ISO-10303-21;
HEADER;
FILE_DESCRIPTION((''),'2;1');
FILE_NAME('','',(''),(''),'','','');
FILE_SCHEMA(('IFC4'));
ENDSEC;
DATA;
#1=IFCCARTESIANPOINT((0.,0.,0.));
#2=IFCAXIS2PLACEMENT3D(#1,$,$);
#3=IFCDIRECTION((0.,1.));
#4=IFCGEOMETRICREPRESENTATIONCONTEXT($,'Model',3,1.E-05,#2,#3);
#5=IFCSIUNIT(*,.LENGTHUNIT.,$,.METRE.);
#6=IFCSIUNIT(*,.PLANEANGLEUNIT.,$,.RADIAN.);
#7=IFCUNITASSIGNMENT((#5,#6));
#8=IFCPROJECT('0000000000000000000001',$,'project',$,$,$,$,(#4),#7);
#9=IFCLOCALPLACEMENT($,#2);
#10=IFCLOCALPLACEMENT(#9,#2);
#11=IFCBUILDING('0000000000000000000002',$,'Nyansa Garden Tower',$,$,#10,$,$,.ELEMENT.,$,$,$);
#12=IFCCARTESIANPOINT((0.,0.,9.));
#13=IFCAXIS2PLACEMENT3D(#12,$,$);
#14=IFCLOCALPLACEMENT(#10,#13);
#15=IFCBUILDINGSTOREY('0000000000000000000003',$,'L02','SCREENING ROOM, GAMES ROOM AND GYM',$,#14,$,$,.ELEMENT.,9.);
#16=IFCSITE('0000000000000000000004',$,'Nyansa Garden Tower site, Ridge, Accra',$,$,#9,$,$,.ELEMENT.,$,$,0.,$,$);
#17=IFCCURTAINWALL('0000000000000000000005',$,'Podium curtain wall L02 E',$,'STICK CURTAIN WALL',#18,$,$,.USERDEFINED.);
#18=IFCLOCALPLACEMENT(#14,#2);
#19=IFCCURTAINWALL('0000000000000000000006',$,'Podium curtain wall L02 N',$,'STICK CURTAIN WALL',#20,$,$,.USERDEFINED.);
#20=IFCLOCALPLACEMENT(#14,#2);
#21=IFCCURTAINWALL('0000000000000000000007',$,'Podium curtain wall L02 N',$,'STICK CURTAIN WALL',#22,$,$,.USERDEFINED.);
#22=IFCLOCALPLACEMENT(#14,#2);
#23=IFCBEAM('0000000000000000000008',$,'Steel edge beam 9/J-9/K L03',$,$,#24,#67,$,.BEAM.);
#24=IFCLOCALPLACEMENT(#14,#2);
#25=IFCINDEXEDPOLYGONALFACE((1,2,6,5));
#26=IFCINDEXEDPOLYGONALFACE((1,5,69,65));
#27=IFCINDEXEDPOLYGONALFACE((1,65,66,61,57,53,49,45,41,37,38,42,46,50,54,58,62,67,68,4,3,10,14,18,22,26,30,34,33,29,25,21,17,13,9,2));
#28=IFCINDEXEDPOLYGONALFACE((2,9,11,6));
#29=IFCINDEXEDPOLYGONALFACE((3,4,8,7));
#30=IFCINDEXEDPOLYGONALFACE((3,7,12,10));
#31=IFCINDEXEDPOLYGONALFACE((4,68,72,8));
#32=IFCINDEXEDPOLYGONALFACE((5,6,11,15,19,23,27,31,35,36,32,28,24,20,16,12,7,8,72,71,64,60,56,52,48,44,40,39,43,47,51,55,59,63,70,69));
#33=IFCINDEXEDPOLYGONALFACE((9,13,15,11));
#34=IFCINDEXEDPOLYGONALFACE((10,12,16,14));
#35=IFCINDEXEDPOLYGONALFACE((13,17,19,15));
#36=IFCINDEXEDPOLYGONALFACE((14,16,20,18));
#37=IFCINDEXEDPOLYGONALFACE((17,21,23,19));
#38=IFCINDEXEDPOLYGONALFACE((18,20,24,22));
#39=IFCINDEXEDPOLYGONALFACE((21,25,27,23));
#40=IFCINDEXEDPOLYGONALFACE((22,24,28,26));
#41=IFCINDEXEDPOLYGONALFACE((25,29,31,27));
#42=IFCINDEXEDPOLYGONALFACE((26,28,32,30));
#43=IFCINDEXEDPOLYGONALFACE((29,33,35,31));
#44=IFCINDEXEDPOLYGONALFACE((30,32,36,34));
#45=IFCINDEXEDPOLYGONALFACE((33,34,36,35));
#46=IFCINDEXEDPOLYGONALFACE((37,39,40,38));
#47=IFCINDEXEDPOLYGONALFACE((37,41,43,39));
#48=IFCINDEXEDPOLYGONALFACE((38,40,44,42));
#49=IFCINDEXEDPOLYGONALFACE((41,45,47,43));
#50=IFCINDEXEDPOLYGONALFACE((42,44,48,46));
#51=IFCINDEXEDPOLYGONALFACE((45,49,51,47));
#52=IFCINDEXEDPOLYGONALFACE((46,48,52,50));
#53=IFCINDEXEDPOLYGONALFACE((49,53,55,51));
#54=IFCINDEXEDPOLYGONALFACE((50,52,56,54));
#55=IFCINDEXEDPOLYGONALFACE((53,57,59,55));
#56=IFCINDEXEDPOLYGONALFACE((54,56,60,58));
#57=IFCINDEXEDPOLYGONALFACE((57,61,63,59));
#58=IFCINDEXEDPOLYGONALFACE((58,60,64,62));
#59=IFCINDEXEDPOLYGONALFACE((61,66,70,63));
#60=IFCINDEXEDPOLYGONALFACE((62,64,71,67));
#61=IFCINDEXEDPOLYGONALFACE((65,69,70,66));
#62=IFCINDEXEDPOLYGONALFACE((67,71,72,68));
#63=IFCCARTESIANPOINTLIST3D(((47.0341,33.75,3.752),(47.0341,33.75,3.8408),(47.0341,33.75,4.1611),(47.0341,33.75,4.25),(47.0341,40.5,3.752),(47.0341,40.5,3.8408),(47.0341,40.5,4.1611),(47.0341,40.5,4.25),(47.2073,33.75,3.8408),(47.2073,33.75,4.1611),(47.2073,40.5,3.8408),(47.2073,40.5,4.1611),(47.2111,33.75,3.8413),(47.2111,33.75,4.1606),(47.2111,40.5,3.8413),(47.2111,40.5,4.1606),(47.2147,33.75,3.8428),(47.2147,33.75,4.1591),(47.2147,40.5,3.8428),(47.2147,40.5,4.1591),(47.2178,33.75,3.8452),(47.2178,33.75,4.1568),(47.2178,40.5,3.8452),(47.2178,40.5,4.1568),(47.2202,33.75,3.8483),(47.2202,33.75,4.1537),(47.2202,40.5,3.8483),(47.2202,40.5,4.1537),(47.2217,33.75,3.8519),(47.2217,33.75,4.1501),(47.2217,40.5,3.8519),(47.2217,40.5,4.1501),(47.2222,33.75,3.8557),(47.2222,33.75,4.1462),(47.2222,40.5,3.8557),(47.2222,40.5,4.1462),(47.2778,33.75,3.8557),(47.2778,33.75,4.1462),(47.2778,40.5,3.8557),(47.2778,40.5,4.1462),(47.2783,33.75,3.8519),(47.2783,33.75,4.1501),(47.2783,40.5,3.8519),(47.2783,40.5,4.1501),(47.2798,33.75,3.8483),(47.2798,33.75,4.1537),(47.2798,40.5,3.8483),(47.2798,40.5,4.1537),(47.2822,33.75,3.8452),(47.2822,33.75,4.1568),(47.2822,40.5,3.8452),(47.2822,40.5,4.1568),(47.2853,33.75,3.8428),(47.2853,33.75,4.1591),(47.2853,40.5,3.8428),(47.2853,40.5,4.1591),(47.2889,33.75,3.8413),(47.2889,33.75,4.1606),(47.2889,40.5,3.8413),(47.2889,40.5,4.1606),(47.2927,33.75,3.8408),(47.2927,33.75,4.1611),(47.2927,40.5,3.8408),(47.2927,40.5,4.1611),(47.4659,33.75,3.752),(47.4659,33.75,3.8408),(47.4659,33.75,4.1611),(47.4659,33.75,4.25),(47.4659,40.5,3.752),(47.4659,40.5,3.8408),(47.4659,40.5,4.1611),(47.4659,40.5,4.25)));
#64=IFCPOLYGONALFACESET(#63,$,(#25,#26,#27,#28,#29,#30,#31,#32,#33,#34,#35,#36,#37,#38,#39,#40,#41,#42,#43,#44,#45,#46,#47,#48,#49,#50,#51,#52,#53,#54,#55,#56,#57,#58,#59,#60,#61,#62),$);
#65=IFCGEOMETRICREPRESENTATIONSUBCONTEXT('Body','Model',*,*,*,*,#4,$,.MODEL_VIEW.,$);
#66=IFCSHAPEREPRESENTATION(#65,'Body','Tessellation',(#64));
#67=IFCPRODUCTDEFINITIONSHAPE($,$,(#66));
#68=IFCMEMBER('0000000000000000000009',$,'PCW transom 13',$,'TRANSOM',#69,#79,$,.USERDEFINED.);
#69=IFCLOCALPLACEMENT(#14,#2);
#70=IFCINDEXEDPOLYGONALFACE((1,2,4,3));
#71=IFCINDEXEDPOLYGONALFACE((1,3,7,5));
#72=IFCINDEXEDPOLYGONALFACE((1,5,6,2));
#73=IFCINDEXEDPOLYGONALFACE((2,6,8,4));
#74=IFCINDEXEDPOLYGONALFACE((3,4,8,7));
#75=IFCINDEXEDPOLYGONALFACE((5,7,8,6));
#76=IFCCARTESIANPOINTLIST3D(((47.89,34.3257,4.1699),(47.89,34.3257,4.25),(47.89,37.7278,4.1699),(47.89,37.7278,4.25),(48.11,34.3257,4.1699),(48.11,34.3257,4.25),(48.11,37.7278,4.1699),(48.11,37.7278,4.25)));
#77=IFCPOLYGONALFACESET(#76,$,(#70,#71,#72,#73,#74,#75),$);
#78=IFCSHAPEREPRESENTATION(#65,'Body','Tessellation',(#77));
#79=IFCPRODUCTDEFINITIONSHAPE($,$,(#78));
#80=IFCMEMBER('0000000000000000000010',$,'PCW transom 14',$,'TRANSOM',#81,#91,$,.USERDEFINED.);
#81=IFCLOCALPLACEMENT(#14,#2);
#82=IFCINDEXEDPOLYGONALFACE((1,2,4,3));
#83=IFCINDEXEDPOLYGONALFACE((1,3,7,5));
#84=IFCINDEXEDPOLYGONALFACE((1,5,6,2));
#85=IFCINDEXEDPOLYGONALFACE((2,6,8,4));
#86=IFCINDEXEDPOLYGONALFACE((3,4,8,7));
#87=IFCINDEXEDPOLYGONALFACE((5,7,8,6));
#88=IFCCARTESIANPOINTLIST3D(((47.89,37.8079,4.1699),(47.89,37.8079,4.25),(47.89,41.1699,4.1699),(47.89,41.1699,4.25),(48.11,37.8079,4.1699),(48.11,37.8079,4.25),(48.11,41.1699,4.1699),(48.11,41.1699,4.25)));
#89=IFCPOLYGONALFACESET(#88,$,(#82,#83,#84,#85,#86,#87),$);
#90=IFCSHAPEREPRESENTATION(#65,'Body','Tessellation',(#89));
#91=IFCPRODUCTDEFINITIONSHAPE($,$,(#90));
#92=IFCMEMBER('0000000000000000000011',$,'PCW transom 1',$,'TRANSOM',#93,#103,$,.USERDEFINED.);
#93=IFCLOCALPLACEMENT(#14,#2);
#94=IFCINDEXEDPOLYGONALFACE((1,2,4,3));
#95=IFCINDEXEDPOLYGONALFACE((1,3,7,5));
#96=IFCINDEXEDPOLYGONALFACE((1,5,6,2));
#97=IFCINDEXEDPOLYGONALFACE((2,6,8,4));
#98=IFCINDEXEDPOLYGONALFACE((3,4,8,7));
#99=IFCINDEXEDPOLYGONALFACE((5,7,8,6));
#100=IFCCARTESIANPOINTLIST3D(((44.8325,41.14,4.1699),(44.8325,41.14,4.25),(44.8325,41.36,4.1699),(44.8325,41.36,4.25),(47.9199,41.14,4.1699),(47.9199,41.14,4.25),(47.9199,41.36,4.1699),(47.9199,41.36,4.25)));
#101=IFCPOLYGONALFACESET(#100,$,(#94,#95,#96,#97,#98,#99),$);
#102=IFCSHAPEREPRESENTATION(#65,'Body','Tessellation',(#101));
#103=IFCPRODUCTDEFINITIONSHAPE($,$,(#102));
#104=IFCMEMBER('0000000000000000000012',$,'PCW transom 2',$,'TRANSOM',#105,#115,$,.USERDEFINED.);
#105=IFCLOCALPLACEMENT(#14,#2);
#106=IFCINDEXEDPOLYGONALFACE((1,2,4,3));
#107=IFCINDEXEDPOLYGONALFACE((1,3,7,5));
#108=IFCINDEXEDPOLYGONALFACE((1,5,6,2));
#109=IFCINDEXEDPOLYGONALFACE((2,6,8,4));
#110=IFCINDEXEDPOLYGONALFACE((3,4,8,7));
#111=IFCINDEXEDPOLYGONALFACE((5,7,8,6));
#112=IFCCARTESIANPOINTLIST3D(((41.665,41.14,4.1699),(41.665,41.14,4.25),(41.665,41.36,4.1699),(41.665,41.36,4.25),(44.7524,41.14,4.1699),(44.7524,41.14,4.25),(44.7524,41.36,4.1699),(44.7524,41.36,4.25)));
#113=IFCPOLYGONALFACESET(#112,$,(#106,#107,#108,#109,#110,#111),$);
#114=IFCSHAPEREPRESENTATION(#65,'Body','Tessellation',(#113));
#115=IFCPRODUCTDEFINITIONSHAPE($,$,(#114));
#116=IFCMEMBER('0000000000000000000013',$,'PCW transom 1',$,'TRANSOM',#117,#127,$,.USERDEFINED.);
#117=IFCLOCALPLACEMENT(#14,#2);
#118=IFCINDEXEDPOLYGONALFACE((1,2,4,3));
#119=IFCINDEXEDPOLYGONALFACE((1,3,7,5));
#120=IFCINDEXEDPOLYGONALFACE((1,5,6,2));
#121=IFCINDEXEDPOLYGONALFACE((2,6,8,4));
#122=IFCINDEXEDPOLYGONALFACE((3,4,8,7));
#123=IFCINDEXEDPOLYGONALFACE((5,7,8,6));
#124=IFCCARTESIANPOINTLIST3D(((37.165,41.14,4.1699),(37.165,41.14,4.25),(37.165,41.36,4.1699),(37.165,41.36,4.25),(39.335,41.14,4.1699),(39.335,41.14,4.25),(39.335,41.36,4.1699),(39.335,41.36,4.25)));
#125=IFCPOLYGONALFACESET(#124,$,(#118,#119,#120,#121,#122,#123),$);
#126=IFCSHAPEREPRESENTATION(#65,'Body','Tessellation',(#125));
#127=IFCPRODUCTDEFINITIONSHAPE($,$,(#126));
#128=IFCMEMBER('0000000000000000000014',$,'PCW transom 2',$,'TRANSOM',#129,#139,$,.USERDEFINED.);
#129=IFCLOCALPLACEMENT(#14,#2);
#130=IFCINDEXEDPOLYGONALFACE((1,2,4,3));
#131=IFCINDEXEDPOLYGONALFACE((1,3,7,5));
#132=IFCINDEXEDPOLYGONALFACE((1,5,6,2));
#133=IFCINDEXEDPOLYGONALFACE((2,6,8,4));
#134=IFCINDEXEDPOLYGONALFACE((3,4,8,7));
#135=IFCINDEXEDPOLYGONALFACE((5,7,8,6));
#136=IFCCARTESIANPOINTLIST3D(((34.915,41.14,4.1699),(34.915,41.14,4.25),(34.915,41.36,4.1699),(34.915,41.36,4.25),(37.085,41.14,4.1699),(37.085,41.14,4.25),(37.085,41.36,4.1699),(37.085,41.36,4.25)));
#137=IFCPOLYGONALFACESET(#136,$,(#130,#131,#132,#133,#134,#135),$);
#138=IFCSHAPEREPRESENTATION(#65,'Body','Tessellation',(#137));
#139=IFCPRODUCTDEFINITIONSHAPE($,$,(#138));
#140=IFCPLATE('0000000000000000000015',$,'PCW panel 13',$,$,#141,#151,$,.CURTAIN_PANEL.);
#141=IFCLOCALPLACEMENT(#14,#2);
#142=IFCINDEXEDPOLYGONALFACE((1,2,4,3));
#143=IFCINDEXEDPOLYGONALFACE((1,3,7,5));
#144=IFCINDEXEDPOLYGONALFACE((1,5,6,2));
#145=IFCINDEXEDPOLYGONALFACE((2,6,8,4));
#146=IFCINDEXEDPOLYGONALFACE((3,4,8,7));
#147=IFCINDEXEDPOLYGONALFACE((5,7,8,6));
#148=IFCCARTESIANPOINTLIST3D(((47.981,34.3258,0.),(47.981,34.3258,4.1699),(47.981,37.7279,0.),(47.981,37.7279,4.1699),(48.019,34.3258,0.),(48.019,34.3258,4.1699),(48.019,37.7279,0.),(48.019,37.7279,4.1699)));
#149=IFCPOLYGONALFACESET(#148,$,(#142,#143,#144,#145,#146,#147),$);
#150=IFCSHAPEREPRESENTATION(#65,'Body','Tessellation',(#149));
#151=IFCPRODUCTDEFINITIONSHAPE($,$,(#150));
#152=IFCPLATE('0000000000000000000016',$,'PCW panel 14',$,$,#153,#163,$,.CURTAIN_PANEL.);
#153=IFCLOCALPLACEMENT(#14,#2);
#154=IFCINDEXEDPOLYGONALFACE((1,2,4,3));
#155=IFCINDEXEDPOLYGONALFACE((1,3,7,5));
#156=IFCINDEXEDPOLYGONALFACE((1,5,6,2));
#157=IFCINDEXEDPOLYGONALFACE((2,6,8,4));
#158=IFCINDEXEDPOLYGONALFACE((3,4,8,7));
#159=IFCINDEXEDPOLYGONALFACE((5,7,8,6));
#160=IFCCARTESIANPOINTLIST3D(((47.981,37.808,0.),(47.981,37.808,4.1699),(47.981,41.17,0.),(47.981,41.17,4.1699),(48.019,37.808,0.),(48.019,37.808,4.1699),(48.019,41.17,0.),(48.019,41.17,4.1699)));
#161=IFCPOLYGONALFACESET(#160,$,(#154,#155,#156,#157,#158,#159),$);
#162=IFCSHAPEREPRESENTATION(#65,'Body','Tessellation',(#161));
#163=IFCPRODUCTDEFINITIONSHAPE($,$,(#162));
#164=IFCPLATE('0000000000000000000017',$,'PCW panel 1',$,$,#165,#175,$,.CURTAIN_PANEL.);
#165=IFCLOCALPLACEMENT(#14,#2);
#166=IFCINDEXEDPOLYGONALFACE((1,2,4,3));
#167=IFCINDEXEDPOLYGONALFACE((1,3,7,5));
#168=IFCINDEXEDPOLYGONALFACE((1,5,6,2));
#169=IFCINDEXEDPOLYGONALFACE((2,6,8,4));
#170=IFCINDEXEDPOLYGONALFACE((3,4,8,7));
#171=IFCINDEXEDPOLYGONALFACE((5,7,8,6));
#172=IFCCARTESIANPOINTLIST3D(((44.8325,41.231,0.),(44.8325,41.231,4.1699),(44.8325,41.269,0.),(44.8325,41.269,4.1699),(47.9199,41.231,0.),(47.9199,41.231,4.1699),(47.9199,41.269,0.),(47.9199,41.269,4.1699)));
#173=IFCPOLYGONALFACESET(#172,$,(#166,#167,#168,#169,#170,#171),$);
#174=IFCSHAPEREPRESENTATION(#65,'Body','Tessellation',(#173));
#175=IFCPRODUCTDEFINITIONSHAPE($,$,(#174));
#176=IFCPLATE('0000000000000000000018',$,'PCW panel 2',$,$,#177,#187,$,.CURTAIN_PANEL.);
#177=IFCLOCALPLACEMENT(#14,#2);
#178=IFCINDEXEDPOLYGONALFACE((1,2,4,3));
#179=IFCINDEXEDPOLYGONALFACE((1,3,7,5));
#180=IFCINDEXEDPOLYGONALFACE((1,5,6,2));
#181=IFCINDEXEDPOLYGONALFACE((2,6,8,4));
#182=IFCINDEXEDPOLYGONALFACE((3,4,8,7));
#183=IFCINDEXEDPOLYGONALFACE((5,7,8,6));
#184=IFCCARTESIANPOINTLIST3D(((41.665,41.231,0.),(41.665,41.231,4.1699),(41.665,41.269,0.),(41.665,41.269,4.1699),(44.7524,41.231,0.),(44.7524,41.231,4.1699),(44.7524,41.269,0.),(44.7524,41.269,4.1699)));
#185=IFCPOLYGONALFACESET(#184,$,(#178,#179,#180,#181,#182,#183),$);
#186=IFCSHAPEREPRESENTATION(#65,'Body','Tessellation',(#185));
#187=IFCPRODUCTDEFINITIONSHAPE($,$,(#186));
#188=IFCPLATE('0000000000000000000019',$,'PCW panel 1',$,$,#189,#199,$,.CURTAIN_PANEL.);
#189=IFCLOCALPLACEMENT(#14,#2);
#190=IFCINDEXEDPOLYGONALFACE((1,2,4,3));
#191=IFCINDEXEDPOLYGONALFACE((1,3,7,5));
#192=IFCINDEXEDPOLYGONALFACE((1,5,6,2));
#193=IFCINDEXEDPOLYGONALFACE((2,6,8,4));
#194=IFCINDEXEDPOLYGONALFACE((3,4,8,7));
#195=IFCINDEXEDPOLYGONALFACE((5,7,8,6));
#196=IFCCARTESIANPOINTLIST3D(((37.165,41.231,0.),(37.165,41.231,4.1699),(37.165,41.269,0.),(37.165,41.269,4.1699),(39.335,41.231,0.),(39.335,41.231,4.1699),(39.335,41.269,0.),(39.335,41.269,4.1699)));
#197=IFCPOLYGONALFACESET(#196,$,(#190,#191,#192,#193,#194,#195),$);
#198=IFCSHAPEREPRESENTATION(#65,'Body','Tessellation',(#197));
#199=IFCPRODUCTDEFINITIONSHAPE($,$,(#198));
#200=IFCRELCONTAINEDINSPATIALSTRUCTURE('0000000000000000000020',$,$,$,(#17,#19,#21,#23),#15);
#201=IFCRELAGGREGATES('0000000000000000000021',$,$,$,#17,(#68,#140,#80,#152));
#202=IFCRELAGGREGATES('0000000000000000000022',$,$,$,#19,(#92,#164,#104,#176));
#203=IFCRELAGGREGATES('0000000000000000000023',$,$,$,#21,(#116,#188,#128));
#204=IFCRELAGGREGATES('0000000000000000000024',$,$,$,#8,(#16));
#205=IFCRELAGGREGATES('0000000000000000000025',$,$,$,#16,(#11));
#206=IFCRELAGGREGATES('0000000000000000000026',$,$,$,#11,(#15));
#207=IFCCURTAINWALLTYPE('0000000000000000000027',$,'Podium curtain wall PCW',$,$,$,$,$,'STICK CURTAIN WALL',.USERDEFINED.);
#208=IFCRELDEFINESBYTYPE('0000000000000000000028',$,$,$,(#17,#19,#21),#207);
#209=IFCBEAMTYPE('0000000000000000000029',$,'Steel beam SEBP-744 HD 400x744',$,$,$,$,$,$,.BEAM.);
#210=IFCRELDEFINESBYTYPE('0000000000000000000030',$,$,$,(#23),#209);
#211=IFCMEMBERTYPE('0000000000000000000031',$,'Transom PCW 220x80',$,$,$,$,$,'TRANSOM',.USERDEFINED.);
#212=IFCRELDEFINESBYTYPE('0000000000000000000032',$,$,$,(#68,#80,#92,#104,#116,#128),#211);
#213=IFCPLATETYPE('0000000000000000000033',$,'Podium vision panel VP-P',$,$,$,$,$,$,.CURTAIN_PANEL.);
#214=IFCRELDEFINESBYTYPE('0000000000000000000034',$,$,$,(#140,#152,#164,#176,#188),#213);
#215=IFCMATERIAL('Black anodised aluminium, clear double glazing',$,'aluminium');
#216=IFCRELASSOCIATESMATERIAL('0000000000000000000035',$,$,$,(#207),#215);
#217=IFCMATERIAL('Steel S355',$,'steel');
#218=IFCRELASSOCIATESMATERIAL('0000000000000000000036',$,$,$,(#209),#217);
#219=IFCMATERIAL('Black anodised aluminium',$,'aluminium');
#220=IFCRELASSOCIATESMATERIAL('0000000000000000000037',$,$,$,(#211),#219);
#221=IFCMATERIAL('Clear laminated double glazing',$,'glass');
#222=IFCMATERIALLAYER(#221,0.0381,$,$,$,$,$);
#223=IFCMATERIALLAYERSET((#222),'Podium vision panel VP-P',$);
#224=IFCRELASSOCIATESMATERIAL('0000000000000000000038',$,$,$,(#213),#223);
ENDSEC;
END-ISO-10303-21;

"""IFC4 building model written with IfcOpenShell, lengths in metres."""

from ifc_helpers import new_model, si_unit, direction, frame, origin, origin_2d, place, context, subcontext, project, spatial, rectangle, i_section, extrude, material, layer, layer_set, material_profile, profile_set, type_object, element, aggregate, save


model = new_model("IFC4")

# Units and contexts
model_context = context("Model", 3, precision=1e-05, world=origin(), true_north=direction((0.0, 1.0)))
body_context = subcontext(model_context, "Body", "Model", "MODEL_VIEW")
ifc_project = project(units=[si_unit("LENGTHUNIT", "METRE"), si_unit("PLANEANGLEUNIT", "RADIAN")], contexts=[model_context])

# Site, building, storey
site_placement = place(None, origin())
site = spatial("IfcSite", under=ifc_project, at=site_placement, Name="Nyansa Garden Tower site, Ridge, Accra", CompositionType="ELEMENT", RefElevation=0.0)
building_placement = place(site_placement, origin())
building = spatial("IfcBuilding", under=site, at=building_placement, Name="Nyansa Garden Tower", CompositionType="ELEMENT")
storey_placement = place(building_placement, frame((0.0, 0.0, 9.0)))
storey = spatial("IfcBuildingStorey", under=building, at=storey_placement, Name="L02", Description="SCREENING ROOM, GAMES ROOM AND GYM", CompositionType="ELEMENT", Elevation=9.0)

# Curtain walls
ifc_material_1 = material(Name="Black anodised aluminium, clear double glazing", Category="aluminium")
curtain_wall_type = type_object("IfcCurtainWallType", Name="Podium curtain wall PCW", ElementType="STICK CURTAIN WALL", PredefinedType="USERDEFINED", material=ifc_material_1)
curtain_wall_1_placement = place(storey_placement, origin())
curtain_wall_1 = element("IfcCurtainWall", 1, at=curtain_wall_1_placement, inside=storey, type_object=curtain_wall_type, Name="Podium curtain wall L02 E", ObjectType="STICK CURTAIN WALL", PredefinedType="USERDEFINED")
curtain_wall_2_placement = place(storey_placement, origin())
curtain_wall_2 = element("IfcCurtainWall", 2, at=curtain_wall_2_placement, inside=storey, type_object=curtain_wall_type, Name="Podium curtain wall L02 N", ObjectType="STICK CURTAIN WALL", PredefinedType="USERDEFINED")
curtain_wall_3_placement = place(storey_placement, origin())
curtain_wall_3 = element("IfcCurtainWall", 3, at=curtain_wall_3_placement, inside=storey, type_object=curtain_wall_type, Name="Podium curtain wall L02 N", ObjectType="STICK CURTAIN WALL", PredefinedType="USERDEFINED")

# Beam
ifc_material_2 = material(Name="Steel S355", Category="steel")
ifc_material_profile_1 = material_profile(ifc_material_2, i_section(OverallWidth=0.4319, OverallDepth=0.498, WebThickness=0.0557, FlangeThickness=0.0889, FilletRadius=0.0149, at=origin_2d()), Name="HD 400x744")
ifc_profile_set_1 = profile_set([ifc_material_profile_1], Name="Steel S355")
beam_type_1 = type_object("IfcBeamType", Name="Steel beam SEBP-744 HD 400x744", PredefinedType="BEAM", material=ifc_profile_set_1)
for number, where, z_axis, x_axis, name in (
    (4, (47.25, 33.75, 4.001), (0.0, 1.0, 0.0), (-1.0, 0.0, 0.0), "Steel edge beam 9/J-9/K L03"),
):
    element("IfcBeam", number, at=place(storey_placement, frame(where, z_axis=z_axis, x_axis=x_axis)), inside=storey, type_object=beam_type_1, Name=name, PredefinedType="BEAM", context=body_context, shape_type="SweptSolid", body=[
        extrude(i_section(OverallWidth=0.4319, OverallDepth=0.498, WebThickness=0.0557, FlangeThickness=0.0889, FilletRadius=0.0149, at=origin_2d()), origin(), (0.0, 0.0, 1.0), 6.75),
    ])

# Members
ifc_material_3 = material(Name="Black anodised aluminium", Category="aluminium")
ifc_material_profile_2 = material_profile(ifc_material_3, rectangle(XDim=0.22, YDim=0.0801, at=origin_2d()), Name="Transom 220x80")
ifc_profile_set_2 = profile_set([ifc_material_profile_2], Name="Black anodised aluminium")
member_type_1 = type_object("IfcMemberType", Name="Transom PCW 220x80", ElementType="TRANSOM", PredefinedType="USERDEFINED", material=ifc_profile_set_2)
member_1_placement = place(storey_placement, frame((48.0, 34.3257, 4.21), z_axis=(0.0, 1.0, 0.0), x_axis=(-1.0, 0.0, 0.0)))
member_1 = element("IfcMember", 5, at=member_1_placement, type_object=member_type_1, Name="PCW transom 13", ObjectType="TRANSOM", PredefinedType="USERDEFINED", context=body_context, shape_type="SweptSolid", body=[
    extrude(rectangle(XDim=0.22, YDim=0.0801, at=origin_2d()), origin(), (0.0, 0.0, 1.0), 3.4021),
])
member_2_placement = place(storey_placement, frame((48.0, 37.8079, 4.21), z_axis=(0.0, 1.0, 0.0), x_axis=(-1.0, 0.0, 0.0)))
member_2 = element("IfcMember", 6, at=member_2_placement, type_object=member_type_1, Name="PCW transom 14", ObjectType="TRANSOM", PredefinedType="USERDEFINED", context=body_context, shape_type="SweptSolid", body=[
    extrude(rectangle(XDim=0.22, YDim=0.0801, at=origin_2d()), origin(), (0.0, 0.0, 1.0), 3.3621),
])
member_3_placement = place(storey_placement, frame((47.9199, 41.25, 4.21), z_axis=(-1.0, 0.0, 0.0), x_axis=(0.0, -1.0, 0.0)))
member_3 = element("IfcMember", 7, at=member_3_placement, type_object=member_type_1, Name="PCW transom 1", ObjectType="TRANSOM", PredefinedType="USERDEFINED", context=body_context, shape_type="SweptSolid", body=[
    extrude(rectangle(XDim=0.22, YDim=0.0801, at=origin_2d()), origin(), (0.0, 0.0, 1.0), 3.0874),
])
member_4_placement = place(storey_placement, frame((44.7524, 41.25, 4.21), z_axis=(-1.0, 0.0, 0.0), x_axis=(0.0, -1.0, 0.0)))
member_4 = element("IfcMember", 8, at=member_4_placement, type_object=member_type_1, Name="PCW transom 2", ObjectType="TRANSOM", PredefinedType="USERDEFINED", context=body_context, shape_type="SweptSolid", body=[
    extrude(rectangle(XDim=0.22, YDim=0.0801, at=origin_2d()), origin(), (0.0, 0.0, 1.0), 3.0874),
])
member_5_placement = place(storey_placement, frame((39.335, 41.25, 4.21), z_axis=(-1.0, 0.0, 0.0), x_axis=(0.0, -1.0, 0.0)))
member_5 = element("IfcMember", 9, at=member_5_placement, type_object=member_type_1, Name="PCW transom 1", ObjectType="TRANSOM", PredefinedType="USERDEFINED", context=body_context, shape_type="SweptSolid", body=[
    extrude(rectangle(XDim=0.22, YDim=0.0801, at=origin_2d()), origin(), (0.0, 0.0, 1.0), 2.1699),
])
member_6_placement = place(storey_placement, frame((37.085, 41.25, 4.21), z_axis=(-1.0, 0.0, 0.0), x_axis=(0.0, -1.0, 0.0)))
member_6 = element("IfcMember", 10, at=member_6_placement, type_object=member_type_1, Name="PCW transom 2", ObjectType="TRANSOM", PredefinedType="USERDEFINED", context=body_context, shape_type="SweptSolid", body=[
    extrude(rectangle(XDim=0.22, YDim=0.0801, at=origin_2d()), origin(), (0.0, 0.0, 1.0), 2.1699),
])

# Plates
ifc_material_4 = material(Name="Clear laminated double glazing", Category="glass")
ifc_layer = layer(ifc_material_4, 0.0381)
ifc_layer_set = layer_set([ifc_layer], Name="Podium vision panel VP-P")
plate_type = type_object("IfcPlateType", Name="Podium vision panel VP-P", PredefinedType="CURTAIN_PANEL", material=ifc_layer_set)
plate_1_placement = place(storey_placement, frame((48.0, 36.0269, 0.0), z_axis=(0.0, 0.0, 1.0), x_axis=(0.0, 1.0, 0.0)))
plate_1 = element("IfcPlate", 11, at=plate_1_placement, type_object=plate_type, Name="PCW panel 13", PredefinedType="CURTAIN_PANEL", context=body_context, shape_type="SweptSolid", body=[
    extrude(rectangle(XDim=3.4021, YDim=0.0381, at=origin_2d()), origin(), (0.0, 0.0, 1.0), 4.1699),
])
plate_2_placement = place(storey_placement, frame((48.0, 39.489, 0.0), z_axis=(0.0, 0.0, 1.0), x_axis=(0.0, 1.0, 0.0)))
plate_2 = element("IfcPlate", 12, at=plate_2_placement, type_object=plate_type, Name="PCW panel 14", PredefinedType="CURTAIN_PANEL", context=body_context, shape_type="SweptSolid", body=[
    extrude(rectangle(XDim=3.3621, YDim=0.0381, at=origin_2d()), origin(), (0.0, 0.0, 1.0), 4.1699),
])
aggregate(curtain_wall_1, [member_1, plate_1, member_2, plate_2])
plate_3_placement = place(storey_placement, frame((46.3762, 41.25, 0.0), z_axis=(0.0, 0.0, 1.0), x_axis=(-1.0, 0.0, 0.0)))
plate_3 = element("IfcPlate", 13, at=plate_3_placement, type_object=plate_type, Name="PCW panel 1", PredefinedType="CURTAIN_PANEL", context=body_context, shape_type="SweptSolid", body=[
    extrude(rectangle(XDim=3.0874, YDim=0.0381, at=origin_2d()), origin(), (0.0, 0.0, 1.0), 4.1699),
])
plate_4_placement = place(storey_placement, frame((43.2087, 41.25, 0.0), z_axis=(0.0, 0.0, 1.0), x_axis=(-1.0, 0.0, 0.0)))
plate_4 = element("IfcPlate", 14, at=plate_4_placement, type_object=plate_type, Name="PCW panel 2", PredefinedType="CURTAIN_PANEL", context=body_context, shape_type="SweptSolid", body=[
    extrude(rectangle(XDim=3.0874, YDim=0.0381, at=origin_2d()), origin(), (0.0, 0.0, 1.0), 4.1699),
])
aggregate(curtain_wall_2, [member_3, plate_3, member_4, plate_4])
plate_5_placement = place(storey_placement, frame((38.25, 41.25, 0.0), z_axis=(0.0, 0.0, 1.0), x_axis=(-1.0, 0.0, 0.0)))
plate_5 = element("IfcPlate", 15, at=plate_5_placement, type_object=plate_type, Name="PCW panel 1", PredefinedType="CURTAIN_PANEL", context=body_context, shape_type="SweptSolid", body=[
    extrude(rectangle(XDim=2.1699, YDim=0.0381, at=origin_2d()), origin(), (0.0, 0.0, 1.0), 4.1699),
])
aggregate(curtain_wall_3, [member_5, plate_5, member_6])

save(model, "model.ifc")
